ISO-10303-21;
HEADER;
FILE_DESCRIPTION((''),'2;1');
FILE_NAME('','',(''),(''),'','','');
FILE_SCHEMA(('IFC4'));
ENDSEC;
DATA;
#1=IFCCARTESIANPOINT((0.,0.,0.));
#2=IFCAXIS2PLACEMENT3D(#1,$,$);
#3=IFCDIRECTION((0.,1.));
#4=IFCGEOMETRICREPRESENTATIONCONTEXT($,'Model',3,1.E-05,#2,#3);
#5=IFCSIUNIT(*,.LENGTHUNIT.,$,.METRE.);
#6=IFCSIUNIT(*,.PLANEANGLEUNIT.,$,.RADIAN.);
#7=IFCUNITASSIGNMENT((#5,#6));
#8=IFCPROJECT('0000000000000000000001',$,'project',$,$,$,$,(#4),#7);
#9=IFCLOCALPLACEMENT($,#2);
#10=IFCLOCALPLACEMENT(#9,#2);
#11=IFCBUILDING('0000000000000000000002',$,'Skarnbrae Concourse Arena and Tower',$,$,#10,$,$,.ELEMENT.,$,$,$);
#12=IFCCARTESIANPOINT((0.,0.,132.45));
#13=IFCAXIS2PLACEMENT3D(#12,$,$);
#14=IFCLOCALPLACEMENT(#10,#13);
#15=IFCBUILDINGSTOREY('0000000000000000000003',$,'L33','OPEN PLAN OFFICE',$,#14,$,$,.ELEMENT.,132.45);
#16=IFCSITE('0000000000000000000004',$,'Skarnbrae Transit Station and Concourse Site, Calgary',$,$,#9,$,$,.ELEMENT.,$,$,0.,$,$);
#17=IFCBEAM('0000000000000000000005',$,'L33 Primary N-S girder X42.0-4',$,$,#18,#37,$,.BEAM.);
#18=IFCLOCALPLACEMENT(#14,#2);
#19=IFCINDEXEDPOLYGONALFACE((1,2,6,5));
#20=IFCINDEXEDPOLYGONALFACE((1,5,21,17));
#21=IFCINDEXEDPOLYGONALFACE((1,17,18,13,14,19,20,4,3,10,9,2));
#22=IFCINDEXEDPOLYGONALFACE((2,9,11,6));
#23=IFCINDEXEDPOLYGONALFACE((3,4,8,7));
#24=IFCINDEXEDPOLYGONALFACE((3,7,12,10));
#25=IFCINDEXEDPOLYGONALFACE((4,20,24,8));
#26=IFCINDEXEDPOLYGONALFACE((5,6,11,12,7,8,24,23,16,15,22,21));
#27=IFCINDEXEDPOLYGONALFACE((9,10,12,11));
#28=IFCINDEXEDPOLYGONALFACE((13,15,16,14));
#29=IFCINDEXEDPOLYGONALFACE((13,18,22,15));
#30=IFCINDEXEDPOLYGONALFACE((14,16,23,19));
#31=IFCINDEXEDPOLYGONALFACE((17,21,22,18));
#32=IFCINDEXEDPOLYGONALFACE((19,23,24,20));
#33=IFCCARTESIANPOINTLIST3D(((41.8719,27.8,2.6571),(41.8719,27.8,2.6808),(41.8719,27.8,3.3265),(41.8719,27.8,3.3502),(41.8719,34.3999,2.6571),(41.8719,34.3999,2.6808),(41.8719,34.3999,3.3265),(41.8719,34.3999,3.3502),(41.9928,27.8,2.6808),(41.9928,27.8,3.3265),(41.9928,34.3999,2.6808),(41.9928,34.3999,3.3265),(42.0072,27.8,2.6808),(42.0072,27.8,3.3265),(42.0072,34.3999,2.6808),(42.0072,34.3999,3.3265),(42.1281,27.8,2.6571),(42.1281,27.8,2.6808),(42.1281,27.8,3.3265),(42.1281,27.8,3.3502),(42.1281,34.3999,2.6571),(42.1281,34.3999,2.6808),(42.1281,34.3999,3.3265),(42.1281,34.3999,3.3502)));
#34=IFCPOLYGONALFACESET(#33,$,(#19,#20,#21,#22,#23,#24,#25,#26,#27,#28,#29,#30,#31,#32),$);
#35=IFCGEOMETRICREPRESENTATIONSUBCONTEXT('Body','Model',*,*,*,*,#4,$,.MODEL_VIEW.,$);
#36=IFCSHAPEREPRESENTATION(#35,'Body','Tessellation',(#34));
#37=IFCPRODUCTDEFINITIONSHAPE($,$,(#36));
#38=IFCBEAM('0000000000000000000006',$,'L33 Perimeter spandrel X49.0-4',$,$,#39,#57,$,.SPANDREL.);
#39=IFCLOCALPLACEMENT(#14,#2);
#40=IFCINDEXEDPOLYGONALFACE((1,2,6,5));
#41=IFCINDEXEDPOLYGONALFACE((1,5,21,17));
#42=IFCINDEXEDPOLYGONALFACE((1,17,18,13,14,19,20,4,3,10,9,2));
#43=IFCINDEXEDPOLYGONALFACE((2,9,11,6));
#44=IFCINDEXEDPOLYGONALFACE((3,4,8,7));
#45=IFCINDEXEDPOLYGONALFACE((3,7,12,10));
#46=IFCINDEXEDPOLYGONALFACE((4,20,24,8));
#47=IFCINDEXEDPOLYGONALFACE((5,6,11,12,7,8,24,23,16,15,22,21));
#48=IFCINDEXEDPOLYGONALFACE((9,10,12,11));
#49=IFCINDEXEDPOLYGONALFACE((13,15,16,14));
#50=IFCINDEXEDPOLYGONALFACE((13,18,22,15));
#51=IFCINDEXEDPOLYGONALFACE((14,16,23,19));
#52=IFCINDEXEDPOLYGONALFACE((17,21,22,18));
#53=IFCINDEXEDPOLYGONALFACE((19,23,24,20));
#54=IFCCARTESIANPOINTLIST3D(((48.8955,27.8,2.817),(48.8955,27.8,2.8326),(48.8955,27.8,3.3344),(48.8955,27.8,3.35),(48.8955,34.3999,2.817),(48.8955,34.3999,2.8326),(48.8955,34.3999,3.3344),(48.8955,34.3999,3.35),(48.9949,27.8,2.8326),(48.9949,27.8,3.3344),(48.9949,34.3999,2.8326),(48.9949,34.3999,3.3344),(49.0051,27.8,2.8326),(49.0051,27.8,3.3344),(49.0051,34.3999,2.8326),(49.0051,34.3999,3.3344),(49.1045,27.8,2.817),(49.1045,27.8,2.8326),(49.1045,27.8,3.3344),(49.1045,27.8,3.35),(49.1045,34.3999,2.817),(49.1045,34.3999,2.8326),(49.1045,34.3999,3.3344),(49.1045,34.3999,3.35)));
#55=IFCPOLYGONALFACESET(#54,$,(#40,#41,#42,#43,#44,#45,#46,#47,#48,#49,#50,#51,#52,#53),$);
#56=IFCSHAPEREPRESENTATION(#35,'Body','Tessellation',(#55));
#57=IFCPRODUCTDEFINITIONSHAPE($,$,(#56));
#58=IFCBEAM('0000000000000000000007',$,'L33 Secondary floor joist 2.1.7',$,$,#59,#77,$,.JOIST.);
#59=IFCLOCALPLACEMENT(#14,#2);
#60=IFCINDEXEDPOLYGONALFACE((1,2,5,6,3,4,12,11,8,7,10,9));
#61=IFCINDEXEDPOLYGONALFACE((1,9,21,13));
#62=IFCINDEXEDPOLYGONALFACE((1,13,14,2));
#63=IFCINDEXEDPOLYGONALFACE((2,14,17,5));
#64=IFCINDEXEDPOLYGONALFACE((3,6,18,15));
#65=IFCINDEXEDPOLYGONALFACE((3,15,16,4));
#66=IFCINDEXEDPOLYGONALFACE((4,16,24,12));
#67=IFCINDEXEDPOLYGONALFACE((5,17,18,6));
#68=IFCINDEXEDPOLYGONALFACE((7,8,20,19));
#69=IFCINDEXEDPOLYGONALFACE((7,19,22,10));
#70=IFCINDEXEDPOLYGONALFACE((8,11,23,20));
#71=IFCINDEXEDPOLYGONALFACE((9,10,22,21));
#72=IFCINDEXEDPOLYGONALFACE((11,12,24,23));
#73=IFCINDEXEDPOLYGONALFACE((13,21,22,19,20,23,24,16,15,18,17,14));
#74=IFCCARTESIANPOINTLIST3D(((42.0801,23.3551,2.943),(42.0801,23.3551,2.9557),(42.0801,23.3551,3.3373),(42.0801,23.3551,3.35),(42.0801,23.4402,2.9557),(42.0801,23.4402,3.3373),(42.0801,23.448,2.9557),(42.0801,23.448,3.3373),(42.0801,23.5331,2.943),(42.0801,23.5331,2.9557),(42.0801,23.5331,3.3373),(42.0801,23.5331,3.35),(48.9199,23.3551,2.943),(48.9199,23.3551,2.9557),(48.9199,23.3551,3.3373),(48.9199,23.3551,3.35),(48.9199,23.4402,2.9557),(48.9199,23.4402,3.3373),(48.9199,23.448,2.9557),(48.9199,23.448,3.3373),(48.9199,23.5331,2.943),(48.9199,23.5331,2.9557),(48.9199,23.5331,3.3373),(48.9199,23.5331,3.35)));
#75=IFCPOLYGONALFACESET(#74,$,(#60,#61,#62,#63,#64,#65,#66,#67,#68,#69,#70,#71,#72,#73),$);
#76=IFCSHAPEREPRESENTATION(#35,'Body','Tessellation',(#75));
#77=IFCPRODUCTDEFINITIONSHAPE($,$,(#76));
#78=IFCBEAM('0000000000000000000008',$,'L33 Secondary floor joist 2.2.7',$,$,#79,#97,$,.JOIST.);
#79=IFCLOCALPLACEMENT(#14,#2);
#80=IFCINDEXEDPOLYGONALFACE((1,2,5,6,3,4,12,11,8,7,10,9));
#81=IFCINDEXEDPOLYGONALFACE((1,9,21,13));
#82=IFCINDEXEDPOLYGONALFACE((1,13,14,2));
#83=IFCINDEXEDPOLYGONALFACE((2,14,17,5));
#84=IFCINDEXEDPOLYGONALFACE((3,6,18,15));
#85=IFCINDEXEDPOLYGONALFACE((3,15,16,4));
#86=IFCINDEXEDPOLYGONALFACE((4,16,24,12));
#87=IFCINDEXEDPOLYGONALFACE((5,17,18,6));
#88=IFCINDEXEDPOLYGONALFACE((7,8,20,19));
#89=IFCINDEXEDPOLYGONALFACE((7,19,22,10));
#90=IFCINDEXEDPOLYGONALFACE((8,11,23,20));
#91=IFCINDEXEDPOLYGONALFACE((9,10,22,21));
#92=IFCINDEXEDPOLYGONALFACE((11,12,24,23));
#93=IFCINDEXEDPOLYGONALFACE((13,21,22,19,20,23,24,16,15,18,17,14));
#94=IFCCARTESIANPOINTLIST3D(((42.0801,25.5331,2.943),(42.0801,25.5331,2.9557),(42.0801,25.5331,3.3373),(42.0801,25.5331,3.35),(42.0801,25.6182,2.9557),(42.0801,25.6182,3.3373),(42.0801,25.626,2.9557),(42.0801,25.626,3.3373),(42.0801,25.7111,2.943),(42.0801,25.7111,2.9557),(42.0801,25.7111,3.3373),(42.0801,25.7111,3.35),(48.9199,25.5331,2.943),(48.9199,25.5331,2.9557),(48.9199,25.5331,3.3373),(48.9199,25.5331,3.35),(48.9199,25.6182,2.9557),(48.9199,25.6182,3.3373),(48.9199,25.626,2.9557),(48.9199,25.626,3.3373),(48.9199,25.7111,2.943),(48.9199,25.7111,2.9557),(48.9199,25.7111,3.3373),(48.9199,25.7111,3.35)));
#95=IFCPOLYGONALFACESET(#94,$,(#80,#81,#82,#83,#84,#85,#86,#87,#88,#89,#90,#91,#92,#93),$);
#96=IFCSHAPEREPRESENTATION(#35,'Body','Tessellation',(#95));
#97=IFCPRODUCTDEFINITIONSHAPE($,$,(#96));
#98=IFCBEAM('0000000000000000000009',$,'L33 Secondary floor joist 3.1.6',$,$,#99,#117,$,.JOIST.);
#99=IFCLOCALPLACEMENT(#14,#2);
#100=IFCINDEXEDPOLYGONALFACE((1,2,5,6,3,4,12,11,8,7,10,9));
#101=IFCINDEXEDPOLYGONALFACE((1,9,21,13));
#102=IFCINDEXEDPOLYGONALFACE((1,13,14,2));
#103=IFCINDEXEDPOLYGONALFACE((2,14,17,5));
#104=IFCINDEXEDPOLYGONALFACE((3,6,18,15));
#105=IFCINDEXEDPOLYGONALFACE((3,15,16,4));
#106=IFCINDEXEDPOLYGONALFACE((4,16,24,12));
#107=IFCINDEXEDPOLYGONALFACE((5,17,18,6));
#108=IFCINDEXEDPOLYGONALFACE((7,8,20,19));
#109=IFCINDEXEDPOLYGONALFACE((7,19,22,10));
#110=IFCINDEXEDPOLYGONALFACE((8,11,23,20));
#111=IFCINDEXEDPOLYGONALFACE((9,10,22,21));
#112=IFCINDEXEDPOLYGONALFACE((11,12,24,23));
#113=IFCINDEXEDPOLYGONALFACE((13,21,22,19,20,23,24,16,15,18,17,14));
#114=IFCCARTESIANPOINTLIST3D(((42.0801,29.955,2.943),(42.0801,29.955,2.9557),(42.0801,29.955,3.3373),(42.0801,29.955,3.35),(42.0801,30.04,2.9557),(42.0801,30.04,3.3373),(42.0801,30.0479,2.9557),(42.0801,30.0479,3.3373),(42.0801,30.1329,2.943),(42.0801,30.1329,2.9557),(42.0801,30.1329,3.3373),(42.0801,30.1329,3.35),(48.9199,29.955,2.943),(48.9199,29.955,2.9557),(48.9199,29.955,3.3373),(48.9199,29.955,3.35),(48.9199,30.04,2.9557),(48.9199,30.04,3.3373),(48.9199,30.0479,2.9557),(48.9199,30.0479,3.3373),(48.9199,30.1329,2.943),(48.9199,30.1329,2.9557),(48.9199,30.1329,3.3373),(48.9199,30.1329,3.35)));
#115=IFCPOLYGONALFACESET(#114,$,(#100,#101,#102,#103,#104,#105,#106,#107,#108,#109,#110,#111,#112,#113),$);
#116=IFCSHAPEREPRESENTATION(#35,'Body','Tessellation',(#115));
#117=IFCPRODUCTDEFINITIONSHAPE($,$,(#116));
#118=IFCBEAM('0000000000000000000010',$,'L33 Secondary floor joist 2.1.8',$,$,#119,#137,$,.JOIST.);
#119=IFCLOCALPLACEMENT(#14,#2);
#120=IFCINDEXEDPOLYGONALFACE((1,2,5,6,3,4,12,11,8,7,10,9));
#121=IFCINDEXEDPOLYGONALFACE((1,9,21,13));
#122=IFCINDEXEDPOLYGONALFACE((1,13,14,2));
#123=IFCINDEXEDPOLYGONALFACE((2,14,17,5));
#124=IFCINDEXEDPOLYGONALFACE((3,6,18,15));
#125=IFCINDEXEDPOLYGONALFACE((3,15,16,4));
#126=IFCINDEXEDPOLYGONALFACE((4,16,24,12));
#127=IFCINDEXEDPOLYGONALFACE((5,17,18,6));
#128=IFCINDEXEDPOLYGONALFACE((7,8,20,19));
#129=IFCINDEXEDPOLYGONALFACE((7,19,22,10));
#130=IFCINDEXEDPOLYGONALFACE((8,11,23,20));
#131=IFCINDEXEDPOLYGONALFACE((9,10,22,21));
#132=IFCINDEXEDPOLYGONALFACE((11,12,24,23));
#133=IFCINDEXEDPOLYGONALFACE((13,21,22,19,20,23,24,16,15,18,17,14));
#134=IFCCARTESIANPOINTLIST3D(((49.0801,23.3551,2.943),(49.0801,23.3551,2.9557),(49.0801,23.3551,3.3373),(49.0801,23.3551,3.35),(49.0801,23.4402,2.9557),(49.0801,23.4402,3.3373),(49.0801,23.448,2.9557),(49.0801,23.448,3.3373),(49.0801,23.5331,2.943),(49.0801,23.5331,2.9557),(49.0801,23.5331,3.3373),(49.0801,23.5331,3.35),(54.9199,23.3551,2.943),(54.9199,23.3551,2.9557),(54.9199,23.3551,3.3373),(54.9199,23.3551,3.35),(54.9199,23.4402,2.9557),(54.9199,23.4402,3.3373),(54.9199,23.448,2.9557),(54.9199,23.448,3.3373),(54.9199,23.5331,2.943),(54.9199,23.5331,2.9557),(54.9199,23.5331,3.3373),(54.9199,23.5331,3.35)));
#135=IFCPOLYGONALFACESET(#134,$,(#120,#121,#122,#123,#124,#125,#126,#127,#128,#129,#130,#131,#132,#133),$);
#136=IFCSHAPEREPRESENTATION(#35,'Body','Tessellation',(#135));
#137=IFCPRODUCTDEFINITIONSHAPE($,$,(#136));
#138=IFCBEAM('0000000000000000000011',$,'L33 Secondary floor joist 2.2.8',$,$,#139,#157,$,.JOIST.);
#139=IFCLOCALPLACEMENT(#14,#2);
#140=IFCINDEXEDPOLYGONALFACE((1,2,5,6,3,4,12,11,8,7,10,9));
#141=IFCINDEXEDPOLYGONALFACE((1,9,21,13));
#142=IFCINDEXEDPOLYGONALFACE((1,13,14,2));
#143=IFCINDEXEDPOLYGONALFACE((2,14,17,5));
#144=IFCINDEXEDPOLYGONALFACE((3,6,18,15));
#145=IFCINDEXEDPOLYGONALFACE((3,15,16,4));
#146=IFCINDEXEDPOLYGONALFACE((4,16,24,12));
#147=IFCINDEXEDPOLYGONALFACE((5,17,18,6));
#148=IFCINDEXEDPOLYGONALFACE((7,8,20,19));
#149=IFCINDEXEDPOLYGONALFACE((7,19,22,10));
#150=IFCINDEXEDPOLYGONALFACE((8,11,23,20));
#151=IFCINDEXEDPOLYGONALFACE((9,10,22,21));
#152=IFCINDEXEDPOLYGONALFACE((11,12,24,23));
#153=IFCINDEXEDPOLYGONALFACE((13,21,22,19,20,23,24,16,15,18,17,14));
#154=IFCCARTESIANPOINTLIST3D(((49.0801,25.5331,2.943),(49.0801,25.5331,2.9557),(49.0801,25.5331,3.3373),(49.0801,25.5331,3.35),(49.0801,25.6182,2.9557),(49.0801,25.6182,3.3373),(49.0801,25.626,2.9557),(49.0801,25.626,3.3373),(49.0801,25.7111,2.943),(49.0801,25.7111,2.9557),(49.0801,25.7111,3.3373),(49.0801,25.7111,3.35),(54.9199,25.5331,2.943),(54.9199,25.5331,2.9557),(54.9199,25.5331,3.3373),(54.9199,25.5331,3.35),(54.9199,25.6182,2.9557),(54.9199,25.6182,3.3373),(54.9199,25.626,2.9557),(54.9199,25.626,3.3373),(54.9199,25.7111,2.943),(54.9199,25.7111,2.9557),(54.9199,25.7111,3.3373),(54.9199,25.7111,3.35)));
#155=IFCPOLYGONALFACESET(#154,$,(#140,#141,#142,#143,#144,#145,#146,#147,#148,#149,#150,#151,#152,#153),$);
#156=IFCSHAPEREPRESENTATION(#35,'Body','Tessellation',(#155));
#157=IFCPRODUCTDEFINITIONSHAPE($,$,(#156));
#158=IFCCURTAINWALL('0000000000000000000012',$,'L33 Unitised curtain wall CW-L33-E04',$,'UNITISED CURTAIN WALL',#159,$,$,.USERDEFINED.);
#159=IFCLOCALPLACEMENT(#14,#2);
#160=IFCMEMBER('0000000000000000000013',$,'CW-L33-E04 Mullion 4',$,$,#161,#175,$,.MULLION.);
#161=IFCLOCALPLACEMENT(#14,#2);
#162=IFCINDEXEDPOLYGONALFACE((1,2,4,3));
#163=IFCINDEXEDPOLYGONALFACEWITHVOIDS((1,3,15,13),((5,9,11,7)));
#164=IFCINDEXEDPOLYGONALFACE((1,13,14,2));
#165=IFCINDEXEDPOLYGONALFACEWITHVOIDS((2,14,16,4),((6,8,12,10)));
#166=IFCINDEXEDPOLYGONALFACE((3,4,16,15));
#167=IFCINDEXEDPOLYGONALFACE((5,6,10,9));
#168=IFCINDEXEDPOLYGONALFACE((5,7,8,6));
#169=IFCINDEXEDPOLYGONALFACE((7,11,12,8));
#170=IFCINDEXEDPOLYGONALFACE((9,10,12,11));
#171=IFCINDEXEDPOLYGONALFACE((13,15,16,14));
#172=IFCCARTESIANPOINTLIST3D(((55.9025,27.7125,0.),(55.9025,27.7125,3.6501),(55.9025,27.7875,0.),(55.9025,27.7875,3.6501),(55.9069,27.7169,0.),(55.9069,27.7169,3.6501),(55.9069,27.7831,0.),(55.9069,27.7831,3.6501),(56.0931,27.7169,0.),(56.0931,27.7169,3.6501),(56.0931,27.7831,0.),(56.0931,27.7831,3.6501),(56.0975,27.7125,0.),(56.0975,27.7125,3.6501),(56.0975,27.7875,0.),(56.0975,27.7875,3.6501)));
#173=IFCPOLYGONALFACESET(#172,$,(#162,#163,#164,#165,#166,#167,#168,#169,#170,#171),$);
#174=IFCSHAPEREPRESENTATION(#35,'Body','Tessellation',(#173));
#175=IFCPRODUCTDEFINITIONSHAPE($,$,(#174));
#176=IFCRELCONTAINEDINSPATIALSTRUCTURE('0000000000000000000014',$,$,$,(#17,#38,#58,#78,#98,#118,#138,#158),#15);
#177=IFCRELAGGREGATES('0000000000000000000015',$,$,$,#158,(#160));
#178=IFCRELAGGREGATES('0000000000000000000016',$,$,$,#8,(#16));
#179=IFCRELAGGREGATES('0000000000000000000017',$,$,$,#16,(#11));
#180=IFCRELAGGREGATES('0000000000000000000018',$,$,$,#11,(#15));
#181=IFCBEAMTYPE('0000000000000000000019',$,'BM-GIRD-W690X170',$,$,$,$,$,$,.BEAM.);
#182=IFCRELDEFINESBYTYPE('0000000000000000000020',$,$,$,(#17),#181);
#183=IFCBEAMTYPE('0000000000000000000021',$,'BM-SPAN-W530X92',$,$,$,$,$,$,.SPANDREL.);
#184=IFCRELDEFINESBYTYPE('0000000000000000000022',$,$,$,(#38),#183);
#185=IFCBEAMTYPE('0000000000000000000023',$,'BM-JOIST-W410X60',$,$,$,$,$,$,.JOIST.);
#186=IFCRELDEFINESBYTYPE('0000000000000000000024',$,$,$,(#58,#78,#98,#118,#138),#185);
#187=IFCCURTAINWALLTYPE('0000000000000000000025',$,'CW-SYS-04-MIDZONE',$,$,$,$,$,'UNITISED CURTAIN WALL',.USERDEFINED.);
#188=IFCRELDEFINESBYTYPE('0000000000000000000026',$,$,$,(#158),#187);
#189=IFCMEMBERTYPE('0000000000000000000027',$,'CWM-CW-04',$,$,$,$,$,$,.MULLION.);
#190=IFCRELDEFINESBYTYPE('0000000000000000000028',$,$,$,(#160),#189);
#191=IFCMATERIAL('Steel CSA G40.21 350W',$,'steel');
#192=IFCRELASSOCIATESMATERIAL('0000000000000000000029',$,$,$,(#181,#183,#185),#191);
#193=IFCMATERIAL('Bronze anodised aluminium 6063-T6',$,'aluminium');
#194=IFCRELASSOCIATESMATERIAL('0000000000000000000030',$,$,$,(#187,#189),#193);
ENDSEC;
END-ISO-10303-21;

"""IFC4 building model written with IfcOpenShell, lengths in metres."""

from ifc_helpers import new_model, si_unit, direction, frame, origin, origin_2d, place, context, subcontext, project, spatial, hollow_rectangle, i_section, extrude, source, transform, mapped, material, material_profile, profile_set, type_object, element, aggregate, save


model = new_model("IFC4")

# Units and contexts
model_context = context("Model", 3, precision=1e-05, world=origin(), true_north=direction((0.0, 1.0)))
body_context = subcontext(model_context, "Body", "Model", "MODEL_VIEW")
ifc_project = project(units=[si_unit("LENGTHUNIT", "METRE"), si_unit("PLANEANGLEUNIT", "RADIAN")], contexts=[model_context])

# Site, building, storey
site_placement = place(None, origin())
site = spatial("IfcSite", under=ifc_project, at=site_placement, Name="Skarnbrae Transit Station and Concourse Site, Calgary", CompositionType="ELEMENT", RefElevation=0.0)
building_placement = place(site_placement, origin())
building = spatial("IfcBuilding", under=site, at=building_placement, Name="Skarnbrae Concourse Arena and Tower", CompositionType="ELEMENT")
storey_placement = place(building_placement, frame((0.0, 0.0, 132.45)))
storey = spatial("IfcBuildingStorey", under=building, at=storey_placement, Name="L33", Description="OPEN PLAN OFFICE", CompositionType="ELEMENT", Elevation=132.45)

# Shared definitions
ifc_material_1 = material(Name="Steel CSA G40.21 350W", Category="steel")

# Beams
ifc_material_profile_1 = material_profile(ifc_material_1, i_section(OverallWidth=0.2561, OverallDepth=0.6931, WebThickness=0.0144, FlangeThickness=0.0237, at=origin_2d()), Name="W690X170")
ifc_profile_set_1 = profile_set([ifc_material_profile_1], Name="Steel CSA G40.21 350W")
beam_type_1 = type_object("IfcBeamType", Name="BM-GIRD-W690X170", PredefinedType="BEAM", material=ifc_profile_set_1)
ifc_material_profile_2 = material_profile(ifc_material_1, i_section(OverallWidth=0.209, OverallDepth=0.533, WebThickness=0.0103, FlangeThickness=0.0156, at=origin_2d()), Name="W530X92")
ifc_profile_set_2 = profile_set([ifc_material_profile_2], Name="Steel CSA G40.21 350W")
beam_type_2 = type_object("IfcBeamType", Name="BM-SPAN-W530X92", PredefinedType="SPANDREL", material=ifc_profile_set_2)
shared_shape_1 = source(origin(), body_context, "Body", "SweptSolid", [
    extrude(i_section(OverallWidth=0.2561, OverallDepth=0.6931, WebThickness=0.0144, FlangeThickness=0.0237, at=origin_2d()), origin(), (0.0, 0.0, 1.0), 6.5999),
])
beam_1_placement = place(storey_placement, frame((42.0, 27.8, 3.0037), z_axis=(0.0, 1.0, 0.0), x_axis=(-1.0, 0.0, 0.0)))
element("IfcBeam", 1, at=beam_1_placement, inside=storey, type_object=beam_type_1, Name="L33 Primary N-S girder X42.0-4", PredefinedType="BEAM", context=body_context, shape_type="MappedRepresentation", body=[
    mapped(shared_shape_1, transform((0.0, 0.0, 0.0))),
])
shared_shape_2 = source(origin(), body_context, "Body", "SweptSolid", [
    extrude(i_section(OverallWidth=0.209, OverallDepth=0.533, WebThickness=0.0103, FlangeThickness=0.0156, at=origin_2d()), origin(), (0.0, 0.0, 1.0), 6.5999),
])
beam_2_placement = place(storey_placement, frame((49.0, 27.8, 3.0835), z_axis=(0.0, 1.0, 0.0), x_axis=(-1.0, 0.0, 0.0)))
element("IfcBeam", 2, at=beam_2_placement, inside=storey, type_object=beam_type_2, Name="L33 Perimeter spandrel X49.0-4", PredefinedType="SPANDREL", context=body_context, shape_type="MappedRepresentation", body=[
    mapped(shared_shape_2, transform((0.0, 0.0, 0.0))),
])
ifc_material_profile_3 = material_profile(ifc_material_1, i_section(OverallWidth=0.178, OverallDepth=0.407, WebThickness=0.0078, FlangeThickness=0.0127, at=origin_2d()), Name="W410X60")
ifc_profile_set_3 = profile_set([ifc_material_profile_3], Name="Steel CSA G40.21 350W")
beam_type_3 = type_object("IfcBeamType", Name="BM-JOIST-W410X60", PredefinedType="JOIST", material=ifc_profile_set_3)
shared_shape_3 = source(origin(), body_context, "Body", "SweptSolid", [
    extrude(i_section(OverallWidth=0.178, OverallDepth=0.407, WebThickness=0.0078, FlangeThickness=0.0127, at=origin_2d()), origin(), (0.0, 0.0, 1.0), 6.8398),
])
for number, where, z_axis, x_axis, name in (
    (3, (42.0801, 23.4441, 3.1465), (1.0, 0.0, 0.0), (0.0, 1.0, 0.0), "L33 Secondary floor joist 2.1.7"),
    (4, (42.0801, 25.6221, 3.1465), (1.0, 0.0, 0.0), (0.0, 1.0, 0.0), "L33 Secondary floor joist 2.2.7"),
    (5, (42.0801, 30.0439, 3.1465), (1.0, 0.0, 0.0), (0.0, 1.0, 0.0), "L33 Secondary floor joist 3.1.6"),
):
    element("IfcBeam", number, at=place(storey_placement, frame(where, z_axis=z_axis, x_axis=x_axis)), inside=storey, type_object=beam_type_3, Name=name, PredefinedType="JOIST", context=body_context, shape_type="MappedRepresentation", body=[
        mapped(shared_shape_3, transform((0.0, 0.0, 0.0))),
    ])
shared_shape_4 = source(origin(), body_context, "Body", "SweptSolid", [
    extrude(i_section(OverallWidth=0.178, OverallDepth=0.407, WebThickness=0.0078, FlangeThickness=0.0127, at=origin_2d()), origin(), (0.0, 0.0, 1.0), 5.8398),
])
for number, where, z_axis, x_axis, name in (
    (6, (49.0801, 23.4441, 3.1465), (1.0, 0.0, 0.0), (0.0, 1.0, 0.0), "L33 Secondary floor joist 2.1.8"),
    (7, (49.0801, 25.6221, 3.1465), (1.0, 0.0, 0.0), (0.0, 1.0, 0.0), "L33 Secondary floor joist 2.2.8"),
):
    element("IfcBeam", number, at=place(storey_placement, frame(where, z_axis=z_axis, x_axis=x_axis)), inside=storey, type_object=beam_type_3, Name=name, PredefinedType="JOIST", context=body_context, shape_type="MappedRepresentation", body=[
        mapped(shared_shape_4, transform((0.0, 0.0, 0.0))),
    ])

# Curtain wall, member
ifc_material_2 = material(Name="Bronze anodised aluminium 6063-T6", Category="aluminium")
curtain_wall_type = type_object("IfcCurtainWallType", Name="CW-SYS-04-MIDZONE", ElementType="UNITISED CURTAIN WALL", PredefinedType="USERDEFINED", material=ifc_material_2)
curtain_wall_placement = place(storey_placement, origin())
curtain_wall = element("IfcCurtainWall", 8, at=curtain_wall_placement, inside=storey, type_object=curtain_wall_type, Name="L33 Unitised curtain wall CW-L33-E04", ObjectType="UNITISED CURTAIN WALL", PredefinedType="USERDEFINED")
ifc_material_profile_4 = material_profile(ifc_material_2, hollow_rectangle(XDim=0.075, YDim=0.1951, WallThickness=0.0044, at=origin_2d()), Name="ALU-MULL-75X195")
ifc_profile_set_4 = profile_set([ifc_material_profile_4], Name="Bronze anodised aluminium 6063-T6")
member_type_1 = type_object("IfcMemberType", Name="CWM-CW-04", PredefinedType="MULLION", material=ifc_profile_set_4)
shared_shape_5 = source(origin(), body_context, "Body", "SweptSolid", [
    extrude(hollow_rectangle(XDim=0.075, YDim=0.1951, WallThickness=0.0044, at=origin_2d()), origin(), (0.0, 0.0, 1.0), 3.6501),
])
member_1_placement = place(storey_placement, frame((56.0, 27.75, 0.0), z_axis=(0.0, 0.0, 1.0), x_axis=(0.0, 1.0, 0.0)))
member_1 = element("IfcMember", 9, at=member_1_placement, type_object=member_type_1, Name="CW-L33-E04 Mullion 4", PredefinedType="MULLION", context=body_context, shape_type="MappedRepresentation", body=[
    mapped(shared_shape_5, transform((0.0, 0.0, 0.0))),
])
aggregate(curtain_wall, [member_1])

save(model, "model.ifc")
